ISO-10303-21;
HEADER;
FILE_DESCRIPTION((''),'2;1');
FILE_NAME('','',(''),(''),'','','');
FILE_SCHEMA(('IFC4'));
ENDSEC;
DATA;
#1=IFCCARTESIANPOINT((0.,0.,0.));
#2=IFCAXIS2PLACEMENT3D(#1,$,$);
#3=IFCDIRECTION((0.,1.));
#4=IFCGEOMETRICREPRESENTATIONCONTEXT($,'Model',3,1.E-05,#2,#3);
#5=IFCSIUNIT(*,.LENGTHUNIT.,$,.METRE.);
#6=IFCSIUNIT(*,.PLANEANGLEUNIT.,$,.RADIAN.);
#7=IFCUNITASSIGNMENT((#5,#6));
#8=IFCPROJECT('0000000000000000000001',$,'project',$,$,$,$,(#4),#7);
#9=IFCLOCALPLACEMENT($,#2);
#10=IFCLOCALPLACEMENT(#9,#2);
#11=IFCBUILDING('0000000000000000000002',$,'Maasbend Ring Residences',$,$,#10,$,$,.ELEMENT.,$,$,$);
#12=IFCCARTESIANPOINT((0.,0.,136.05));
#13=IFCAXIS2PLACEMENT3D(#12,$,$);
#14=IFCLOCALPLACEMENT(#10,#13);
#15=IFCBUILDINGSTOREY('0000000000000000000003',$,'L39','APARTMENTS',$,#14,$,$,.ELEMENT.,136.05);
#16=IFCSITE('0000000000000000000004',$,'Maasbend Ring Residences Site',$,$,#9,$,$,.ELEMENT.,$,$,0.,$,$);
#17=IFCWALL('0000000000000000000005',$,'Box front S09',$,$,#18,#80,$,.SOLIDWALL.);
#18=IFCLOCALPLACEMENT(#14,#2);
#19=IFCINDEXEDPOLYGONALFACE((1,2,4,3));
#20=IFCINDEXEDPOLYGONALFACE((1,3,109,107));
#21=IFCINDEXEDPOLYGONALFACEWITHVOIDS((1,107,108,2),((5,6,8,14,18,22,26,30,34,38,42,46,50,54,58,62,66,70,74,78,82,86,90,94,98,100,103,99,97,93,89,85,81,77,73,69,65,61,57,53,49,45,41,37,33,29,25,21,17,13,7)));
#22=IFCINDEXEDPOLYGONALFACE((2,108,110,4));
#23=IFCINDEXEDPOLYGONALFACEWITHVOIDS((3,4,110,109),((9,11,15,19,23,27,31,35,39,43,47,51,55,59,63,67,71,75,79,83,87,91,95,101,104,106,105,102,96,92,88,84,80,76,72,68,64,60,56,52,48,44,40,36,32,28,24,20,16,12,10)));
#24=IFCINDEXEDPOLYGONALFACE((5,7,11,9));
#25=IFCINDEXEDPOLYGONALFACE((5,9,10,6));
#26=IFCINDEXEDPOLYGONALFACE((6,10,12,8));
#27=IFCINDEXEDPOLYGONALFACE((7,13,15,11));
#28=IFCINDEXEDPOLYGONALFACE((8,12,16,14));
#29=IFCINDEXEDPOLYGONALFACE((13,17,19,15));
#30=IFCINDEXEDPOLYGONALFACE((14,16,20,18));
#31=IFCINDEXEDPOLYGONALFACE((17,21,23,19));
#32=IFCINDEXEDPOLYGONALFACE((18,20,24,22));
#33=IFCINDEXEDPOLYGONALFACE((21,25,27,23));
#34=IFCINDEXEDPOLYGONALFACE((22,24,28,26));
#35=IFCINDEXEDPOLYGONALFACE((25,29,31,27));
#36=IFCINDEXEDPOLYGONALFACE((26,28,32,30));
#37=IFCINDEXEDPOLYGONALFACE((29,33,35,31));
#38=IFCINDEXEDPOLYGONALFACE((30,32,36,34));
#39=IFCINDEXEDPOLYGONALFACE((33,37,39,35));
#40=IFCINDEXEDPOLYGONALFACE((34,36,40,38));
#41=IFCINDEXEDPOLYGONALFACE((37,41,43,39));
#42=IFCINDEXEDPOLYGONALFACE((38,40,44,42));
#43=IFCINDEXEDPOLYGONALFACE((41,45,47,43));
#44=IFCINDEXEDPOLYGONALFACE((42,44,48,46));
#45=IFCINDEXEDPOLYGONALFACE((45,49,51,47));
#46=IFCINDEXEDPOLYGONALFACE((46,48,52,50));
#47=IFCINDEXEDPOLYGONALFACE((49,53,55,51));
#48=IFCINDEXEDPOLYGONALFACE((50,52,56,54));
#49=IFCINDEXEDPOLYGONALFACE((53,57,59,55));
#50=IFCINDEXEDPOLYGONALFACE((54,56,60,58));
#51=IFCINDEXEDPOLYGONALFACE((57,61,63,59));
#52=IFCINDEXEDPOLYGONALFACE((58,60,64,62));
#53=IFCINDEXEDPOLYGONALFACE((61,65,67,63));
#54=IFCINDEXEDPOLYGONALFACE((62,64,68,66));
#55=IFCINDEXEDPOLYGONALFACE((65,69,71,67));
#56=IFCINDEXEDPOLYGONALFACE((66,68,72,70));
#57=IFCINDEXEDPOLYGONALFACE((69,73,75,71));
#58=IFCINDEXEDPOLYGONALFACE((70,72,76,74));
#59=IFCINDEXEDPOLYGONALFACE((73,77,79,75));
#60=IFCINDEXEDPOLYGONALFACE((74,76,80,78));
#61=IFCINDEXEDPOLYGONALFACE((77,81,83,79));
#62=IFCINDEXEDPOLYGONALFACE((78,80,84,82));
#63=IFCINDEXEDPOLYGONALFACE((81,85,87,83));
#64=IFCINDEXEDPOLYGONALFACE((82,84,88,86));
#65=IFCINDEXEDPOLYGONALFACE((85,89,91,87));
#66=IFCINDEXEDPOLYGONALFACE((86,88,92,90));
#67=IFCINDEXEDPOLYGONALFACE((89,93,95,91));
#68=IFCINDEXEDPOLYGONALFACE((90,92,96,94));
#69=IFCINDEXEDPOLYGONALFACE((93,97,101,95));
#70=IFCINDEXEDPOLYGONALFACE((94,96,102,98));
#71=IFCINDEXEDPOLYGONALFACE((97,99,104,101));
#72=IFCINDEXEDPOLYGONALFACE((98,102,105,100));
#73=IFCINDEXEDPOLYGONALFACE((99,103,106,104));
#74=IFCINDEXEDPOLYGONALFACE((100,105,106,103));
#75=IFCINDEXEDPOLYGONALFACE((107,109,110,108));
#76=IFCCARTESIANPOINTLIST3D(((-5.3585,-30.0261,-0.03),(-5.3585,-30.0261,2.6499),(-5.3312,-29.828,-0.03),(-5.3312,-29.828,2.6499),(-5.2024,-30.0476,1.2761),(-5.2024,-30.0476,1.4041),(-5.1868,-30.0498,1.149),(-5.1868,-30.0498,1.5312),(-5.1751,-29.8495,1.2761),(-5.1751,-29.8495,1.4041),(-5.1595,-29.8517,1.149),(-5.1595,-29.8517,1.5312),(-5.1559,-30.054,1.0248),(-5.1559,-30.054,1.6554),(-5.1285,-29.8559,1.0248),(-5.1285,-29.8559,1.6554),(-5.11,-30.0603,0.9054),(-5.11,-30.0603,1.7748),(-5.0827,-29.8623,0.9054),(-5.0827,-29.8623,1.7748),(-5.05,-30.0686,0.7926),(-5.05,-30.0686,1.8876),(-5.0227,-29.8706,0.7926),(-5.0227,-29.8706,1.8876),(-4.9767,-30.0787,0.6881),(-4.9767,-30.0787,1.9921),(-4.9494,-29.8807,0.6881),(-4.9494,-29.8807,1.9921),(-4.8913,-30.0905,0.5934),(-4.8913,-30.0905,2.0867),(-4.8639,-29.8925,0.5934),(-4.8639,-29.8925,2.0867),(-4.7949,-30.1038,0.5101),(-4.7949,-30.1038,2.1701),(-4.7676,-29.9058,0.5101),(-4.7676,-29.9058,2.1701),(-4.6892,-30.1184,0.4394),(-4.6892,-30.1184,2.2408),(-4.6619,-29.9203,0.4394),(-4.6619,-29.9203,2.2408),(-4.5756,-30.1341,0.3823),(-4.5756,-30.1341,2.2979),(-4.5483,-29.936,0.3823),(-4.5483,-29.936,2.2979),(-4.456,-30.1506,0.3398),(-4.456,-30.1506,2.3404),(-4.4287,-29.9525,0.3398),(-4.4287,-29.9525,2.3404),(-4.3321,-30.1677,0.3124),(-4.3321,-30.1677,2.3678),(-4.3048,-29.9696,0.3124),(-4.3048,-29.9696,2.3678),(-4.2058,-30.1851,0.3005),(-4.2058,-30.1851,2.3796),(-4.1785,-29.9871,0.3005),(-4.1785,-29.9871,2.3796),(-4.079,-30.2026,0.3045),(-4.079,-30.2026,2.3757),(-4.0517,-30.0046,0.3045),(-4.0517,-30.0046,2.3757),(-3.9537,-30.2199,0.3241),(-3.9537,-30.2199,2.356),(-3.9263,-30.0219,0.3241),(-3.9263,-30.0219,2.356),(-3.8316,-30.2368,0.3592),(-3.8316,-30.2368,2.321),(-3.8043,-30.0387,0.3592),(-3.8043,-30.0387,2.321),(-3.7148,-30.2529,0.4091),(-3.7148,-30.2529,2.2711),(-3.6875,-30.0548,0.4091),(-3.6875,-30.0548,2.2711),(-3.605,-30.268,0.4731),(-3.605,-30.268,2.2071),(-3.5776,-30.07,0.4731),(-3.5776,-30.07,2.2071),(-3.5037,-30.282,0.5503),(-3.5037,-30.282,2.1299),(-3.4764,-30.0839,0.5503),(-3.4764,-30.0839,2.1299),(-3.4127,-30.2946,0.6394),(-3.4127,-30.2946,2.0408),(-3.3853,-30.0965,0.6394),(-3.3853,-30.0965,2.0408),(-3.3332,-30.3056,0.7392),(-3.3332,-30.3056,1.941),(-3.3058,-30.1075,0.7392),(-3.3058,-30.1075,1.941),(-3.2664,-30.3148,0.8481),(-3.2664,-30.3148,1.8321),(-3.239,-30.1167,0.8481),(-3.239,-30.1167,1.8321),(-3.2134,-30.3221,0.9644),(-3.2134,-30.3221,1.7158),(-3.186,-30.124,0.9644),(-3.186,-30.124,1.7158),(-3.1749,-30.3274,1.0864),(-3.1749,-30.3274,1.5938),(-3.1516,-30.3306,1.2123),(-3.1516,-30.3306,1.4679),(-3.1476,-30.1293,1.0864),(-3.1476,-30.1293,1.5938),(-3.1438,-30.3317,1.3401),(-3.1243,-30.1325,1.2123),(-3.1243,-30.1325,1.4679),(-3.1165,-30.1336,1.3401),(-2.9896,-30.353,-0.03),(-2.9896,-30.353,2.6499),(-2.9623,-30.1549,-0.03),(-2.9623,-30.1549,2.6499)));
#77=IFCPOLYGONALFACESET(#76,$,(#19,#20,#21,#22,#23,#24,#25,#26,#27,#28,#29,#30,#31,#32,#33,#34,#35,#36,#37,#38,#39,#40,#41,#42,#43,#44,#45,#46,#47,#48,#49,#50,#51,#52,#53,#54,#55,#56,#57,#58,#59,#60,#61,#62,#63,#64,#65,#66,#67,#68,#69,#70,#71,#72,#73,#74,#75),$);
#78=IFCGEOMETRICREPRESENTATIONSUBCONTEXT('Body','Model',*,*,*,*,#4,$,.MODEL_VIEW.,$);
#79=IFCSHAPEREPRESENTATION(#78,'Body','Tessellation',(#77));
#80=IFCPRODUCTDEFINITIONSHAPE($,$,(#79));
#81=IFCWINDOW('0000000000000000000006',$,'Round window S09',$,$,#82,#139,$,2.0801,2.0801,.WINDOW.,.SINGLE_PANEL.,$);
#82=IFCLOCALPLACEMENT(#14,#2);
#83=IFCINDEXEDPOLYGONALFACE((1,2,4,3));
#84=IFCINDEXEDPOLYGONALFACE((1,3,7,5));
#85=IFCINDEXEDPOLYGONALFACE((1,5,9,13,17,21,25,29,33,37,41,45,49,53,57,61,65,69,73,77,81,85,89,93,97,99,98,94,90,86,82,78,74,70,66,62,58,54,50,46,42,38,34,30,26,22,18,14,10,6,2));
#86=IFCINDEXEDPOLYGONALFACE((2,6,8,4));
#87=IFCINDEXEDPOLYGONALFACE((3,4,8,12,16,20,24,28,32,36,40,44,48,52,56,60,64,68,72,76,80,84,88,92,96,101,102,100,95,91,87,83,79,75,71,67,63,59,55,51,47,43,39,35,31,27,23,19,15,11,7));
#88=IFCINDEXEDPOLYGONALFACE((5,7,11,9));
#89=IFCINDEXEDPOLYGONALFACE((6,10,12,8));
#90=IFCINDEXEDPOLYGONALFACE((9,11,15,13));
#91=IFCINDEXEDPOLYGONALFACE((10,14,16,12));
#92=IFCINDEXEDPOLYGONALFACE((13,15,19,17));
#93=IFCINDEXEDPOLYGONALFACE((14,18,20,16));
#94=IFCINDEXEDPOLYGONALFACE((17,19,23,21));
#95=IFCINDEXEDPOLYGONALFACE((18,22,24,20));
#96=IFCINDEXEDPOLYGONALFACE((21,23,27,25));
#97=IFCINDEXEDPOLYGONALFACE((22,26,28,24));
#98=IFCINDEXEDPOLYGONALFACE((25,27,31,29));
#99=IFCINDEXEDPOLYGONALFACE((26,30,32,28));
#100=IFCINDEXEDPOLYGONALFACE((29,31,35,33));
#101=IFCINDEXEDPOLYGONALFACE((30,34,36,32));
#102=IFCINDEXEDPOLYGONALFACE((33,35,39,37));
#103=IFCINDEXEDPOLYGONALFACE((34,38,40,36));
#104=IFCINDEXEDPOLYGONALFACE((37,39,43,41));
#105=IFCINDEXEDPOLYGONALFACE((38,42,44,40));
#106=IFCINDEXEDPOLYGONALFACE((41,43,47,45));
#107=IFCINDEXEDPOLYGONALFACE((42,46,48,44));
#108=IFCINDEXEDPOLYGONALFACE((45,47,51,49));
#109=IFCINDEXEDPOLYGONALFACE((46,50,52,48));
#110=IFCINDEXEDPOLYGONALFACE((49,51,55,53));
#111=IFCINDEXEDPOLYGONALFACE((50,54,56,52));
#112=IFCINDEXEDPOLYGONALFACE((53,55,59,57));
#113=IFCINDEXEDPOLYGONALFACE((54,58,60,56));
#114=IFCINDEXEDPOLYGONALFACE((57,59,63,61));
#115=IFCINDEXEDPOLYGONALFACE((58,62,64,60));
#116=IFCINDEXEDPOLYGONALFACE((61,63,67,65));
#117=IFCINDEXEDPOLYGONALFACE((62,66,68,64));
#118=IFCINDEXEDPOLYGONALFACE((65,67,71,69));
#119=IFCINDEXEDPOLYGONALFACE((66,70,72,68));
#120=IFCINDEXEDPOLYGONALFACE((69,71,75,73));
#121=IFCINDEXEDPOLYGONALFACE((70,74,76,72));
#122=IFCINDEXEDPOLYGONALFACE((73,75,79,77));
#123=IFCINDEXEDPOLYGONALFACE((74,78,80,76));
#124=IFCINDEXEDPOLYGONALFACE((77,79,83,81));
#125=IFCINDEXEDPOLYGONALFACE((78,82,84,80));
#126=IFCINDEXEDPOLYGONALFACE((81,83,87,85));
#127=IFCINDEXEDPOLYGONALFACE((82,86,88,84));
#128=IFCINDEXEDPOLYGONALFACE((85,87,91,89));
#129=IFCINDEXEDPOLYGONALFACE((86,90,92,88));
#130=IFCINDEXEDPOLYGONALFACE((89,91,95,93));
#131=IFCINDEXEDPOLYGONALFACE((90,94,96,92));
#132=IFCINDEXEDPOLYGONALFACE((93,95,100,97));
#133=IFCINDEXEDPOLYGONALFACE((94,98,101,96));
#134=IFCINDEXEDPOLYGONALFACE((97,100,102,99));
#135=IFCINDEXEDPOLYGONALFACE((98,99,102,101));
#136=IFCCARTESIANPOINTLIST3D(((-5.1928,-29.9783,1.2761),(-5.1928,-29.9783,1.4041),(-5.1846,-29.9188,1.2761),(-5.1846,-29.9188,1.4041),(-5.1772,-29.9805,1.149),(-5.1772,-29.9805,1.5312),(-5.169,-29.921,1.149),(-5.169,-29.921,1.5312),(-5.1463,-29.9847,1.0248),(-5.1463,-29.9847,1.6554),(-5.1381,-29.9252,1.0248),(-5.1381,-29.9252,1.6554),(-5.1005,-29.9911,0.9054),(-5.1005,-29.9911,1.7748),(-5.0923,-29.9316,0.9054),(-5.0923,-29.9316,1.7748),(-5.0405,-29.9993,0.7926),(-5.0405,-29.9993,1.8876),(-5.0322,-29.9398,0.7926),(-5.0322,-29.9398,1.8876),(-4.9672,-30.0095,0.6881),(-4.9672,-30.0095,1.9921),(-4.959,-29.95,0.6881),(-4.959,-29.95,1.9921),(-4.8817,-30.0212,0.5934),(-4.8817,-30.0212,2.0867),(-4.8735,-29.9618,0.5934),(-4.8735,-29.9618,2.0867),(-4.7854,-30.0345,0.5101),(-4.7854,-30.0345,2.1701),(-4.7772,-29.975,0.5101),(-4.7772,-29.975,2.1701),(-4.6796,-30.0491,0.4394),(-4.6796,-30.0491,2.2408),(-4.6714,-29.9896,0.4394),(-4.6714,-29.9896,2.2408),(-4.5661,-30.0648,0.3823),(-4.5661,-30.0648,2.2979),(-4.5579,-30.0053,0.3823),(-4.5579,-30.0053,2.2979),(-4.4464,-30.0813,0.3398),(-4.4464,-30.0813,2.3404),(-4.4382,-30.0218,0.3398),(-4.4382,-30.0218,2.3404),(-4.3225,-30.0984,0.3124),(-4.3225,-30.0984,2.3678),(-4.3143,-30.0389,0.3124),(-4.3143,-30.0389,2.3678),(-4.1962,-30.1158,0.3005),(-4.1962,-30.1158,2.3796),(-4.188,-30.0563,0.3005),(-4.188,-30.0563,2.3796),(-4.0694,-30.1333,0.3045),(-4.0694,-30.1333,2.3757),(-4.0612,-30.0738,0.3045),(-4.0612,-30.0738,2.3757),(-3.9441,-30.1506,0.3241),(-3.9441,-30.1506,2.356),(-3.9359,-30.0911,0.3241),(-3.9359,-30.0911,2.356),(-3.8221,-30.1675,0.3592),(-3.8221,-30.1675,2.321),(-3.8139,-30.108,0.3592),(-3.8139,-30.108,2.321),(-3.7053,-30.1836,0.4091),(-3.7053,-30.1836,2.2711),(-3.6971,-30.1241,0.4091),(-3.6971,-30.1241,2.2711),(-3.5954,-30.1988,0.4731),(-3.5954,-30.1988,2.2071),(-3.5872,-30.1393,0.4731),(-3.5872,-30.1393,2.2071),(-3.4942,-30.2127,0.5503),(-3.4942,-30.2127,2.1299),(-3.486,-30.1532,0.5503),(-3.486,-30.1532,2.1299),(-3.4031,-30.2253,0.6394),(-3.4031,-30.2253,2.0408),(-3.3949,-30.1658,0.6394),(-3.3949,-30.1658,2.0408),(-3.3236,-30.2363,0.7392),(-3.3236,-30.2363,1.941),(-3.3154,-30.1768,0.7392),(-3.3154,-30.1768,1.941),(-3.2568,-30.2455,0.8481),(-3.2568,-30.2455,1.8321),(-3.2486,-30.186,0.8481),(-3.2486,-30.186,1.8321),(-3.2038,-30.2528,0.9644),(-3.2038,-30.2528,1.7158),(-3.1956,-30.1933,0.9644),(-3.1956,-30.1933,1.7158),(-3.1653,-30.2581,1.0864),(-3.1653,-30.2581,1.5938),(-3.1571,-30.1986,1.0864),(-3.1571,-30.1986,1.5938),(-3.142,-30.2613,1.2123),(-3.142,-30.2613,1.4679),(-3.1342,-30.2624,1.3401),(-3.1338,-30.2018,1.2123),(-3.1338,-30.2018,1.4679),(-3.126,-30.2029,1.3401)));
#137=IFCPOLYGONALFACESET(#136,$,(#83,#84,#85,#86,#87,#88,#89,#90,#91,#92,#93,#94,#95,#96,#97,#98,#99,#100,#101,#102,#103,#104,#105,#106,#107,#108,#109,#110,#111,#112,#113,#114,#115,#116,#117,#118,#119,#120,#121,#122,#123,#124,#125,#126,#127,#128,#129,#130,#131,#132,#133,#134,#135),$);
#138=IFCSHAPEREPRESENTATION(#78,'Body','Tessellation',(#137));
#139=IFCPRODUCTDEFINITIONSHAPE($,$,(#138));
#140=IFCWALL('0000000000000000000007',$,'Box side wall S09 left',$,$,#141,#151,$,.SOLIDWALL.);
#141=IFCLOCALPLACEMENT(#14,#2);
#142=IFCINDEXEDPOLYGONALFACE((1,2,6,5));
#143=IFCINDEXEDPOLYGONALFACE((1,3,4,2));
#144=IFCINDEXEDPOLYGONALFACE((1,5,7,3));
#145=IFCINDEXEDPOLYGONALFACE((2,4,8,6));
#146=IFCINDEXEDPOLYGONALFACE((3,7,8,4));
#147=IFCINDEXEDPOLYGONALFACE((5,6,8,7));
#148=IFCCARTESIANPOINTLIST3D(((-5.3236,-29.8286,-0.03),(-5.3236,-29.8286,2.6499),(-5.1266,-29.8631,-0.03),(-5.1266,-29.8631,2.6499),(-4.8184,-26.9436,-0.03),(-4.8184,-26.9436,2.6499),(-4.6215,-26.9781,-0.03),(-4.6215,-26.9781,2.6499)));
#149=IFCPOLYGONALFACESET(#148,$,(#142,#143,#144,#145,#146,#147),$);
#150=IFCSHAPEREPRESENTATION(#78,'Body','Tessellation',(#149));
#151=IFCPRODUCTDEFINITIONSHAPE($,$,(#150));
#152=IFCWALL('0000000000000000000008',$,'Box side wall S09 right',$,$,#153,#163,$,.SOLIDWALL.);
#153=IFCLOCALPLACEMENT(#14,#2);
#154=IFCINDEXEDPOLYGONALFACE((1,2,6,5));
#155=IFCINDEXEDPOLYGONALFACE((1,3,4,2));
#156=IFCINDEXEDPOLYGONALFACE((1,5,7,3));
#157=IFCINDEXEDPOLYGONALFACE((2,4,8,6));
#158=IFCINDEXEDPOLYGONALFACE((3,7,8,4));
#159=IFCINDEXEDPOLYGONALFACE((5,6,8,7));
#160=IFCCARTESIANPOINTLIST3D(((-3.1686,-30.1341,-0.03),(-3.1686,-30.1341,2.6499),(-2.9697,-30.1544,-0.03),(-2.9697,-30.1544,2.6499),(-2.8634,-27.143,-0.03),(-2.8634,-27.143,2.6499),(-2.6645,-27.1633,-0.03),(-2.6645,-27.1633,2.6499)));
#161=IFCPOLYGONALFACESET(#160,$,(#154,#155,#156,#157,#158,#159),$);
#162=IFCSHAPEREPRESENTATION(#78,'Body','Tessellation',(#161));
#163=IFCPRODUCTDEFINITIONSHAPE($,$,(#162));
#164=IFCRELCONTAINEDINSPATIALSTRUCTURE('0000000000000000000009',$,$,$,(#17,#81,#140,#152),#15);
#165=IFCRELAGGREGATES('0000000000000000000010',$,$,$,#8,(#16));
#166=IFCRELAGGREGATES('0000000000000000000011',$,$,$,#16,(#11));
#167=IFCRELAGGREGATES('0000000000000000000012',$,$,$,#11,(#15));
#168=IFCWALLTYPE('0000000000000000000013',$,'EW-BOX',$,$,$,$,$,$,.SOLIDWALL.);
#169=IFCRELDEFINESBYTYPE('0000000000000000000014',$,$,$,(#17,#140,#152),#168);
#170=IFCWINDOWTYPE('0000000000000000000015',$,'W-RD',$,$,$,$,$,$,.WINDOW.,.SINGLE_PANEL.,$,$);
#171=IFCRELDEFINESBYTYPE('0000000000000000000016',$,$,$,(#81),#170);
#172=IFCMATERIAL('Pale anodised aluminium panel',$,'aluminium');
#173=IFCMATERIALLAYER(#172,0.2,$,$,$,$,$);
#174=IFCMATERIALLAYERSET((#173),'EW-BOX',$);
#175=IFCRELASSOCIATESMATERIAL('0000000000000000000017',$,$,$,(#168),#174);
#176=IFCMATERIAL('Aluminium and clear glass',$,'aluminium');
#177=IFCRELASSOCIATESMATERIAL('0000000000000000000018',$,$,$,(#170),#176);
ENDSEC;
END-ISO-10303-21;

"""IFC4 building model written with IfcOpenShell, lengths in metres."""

from ifc_helpers import new_model, si_unit, direction, frame, frame_2d, origin, place, context, subcontext, project, spatial, rectangle, circle, extrude, material, layer, layer_set, type_object, element, fill, save


model = new_model("IFC4")

# Units and contexts
model_context = context("Model", 3, precision=1e-05, world=origin(), true_north=direction((0.0, 1.0)))
body_context = subcontext(model_context, "Body", "Model", "MODEL_VIEW")
ifc_project = project(units=[si_unit("LENGTHUNIT", "METRE"), si_unit("PLANEANGLEUNIT", "RADIAN")], contexts=[model_context])

# Site, building, storey
site_placement = place(None, origin())
site = spatial("IfcSite", under=ifc_project, at=site_placement, Name="Maasbend Ring Residences Site", CompositionType="ELEMENT", RefElevation=0.0)
building_placement = place(site_placement, origin())
building = spatial("IfcBuilding", under=site, at=building_placement, Name="Maasbend Ring Residences", CompositionType="ELEMENT")
storey_placement = place(building_placement, frame((0.0, 0.0, 136.05)))
storey = spatial("IfcBuildingStorey", under=building, at=storey_placement, Name="L39", Description="APARTMENTS", CompositionType="ELEMENT", Elevation=136.05)

# Shared definitions
ifc_material_1 = material(Name="Pale anodised aluminium panel", Category="aluminium")
ifc_layer_1 = layer(ifc_material_1, 0.2)
ifc_layer_set_1 = layer_set([ifc_layer_1], Name="EW-BOX")
wall_type_1 = type_object("IfcWallType", Name="EW-BOX", PredefinedType="SOLIDWALL", material=ifc_layer_set_1)

# Wall, opening, window
wall_1_placement = place(storey_placement, frame((-5.345, -29.927, -0.03), z_axis=(0.0, 0.0, 1.0), x_axis=(0.990612, -0.136703, 0.0)))
wall_1 = element("IfcWall", 1, at=wall_1_placement, inside=storey, type_object=wall_type_1, Name="Box front S09", PredefinedType="SOLIDWALL", context=body_context, shape_type="SweptSolid", body=[
    extrude(rectangle(XDim=2.3914, YDim=0.2, at=frame_2d((1.1958, 0.0))), origin(), (0.0, 0.0, 1.0), 2.6799),
])
opening_1_placement = place(wall_1_placement, frame((0.1558, 0.0, 0.3301)))
opening_1 = element("IfcOpeningElement", 2, at=opening_1_placement, cuts=wall_1, PredefinedType="OPENING", context=body_context, shape_type="SweptSolid", body=[
    extrude(circle(Radius=1.04, at=frame_2d((1.04, 1.04))), frame((0.0, 0.1099, 0.0), z_axis=(0.0, -1.0, 0.0), x_axis=(1.0, 0.0, 0.0)), (0.0, 0.0, 1.0), 0.22),
])
ifc_material_2 = material(Name="Aluminium and clear glass", Category="aluminium")
window_type_1 = type_object("IfcWindowType", Name="W-RD", PartitioningType="SINGLE_PANEL", PredefinedType="WINDOW", material=ifc_material_2)
window_1_placement = place(opening_1_placement, origin())
window_1 = element("IfcWindow", 3, at=window_1_placement, inside=storey, type_object=window_type_1, Name="Round window S09", OverallHeight=2.0801, OverallWidth=2.0801, PartitioningType="SINGLE_PANEL", PredefinedType="WINDOW", context=body_context, shape_type="SweptSolid", body=[
    extrude(circle(Radius=1.04, at=frame_2d((1.04, 1.04))), frame((0.0, 0.03, 0.0), z_axis=(0.0, -1.0, 0.0), x_axis=(1.0, 0.0, 0.0)), (0.0, 0.0, 1.0), 0.0601),
])
fill(opening_1, window_1)

# Walls
wall_2_placement = place(storey_placement, frame((-4.72, -26.9609, -0.03), z_axis=(0.0, 0.0, 1.0), x_axis=(-0.172463, -0.985016, 0.0)))
element("IfcWall", 4, at=wall_2_placement, inside=storey, type_object=wall_type_1, Name="Box side wall S09 left", PredefinedType="SOLIDWALL", context=body_context, shape_type="SweptSolid", body=[
    extrude(rectangle(XDim=2.929, YDim=0.2, at=frame_2d((1.4644, 0.0))), origin(), (0.0, 0.0, 1.0), 2.6799),
])
wall_3_placement = place(storey_placement, frame((-2.7639, -27.1531, -0.03), z_axis=(0.0, 0.0, 1.0), x_axis=(-0.101505, -0.994835, 0.0)))
element("IfcWall", 5, at=wall_3_placement, inside=storey, type_object=wall_type_1, Name="Box side wall S09 right", PredefinedType="SOLIDWALL", context=body_context, shape_type="SweptSolid", body=[
    extrude(rectangle(XDim=3.0066, YDim=0.2, at=frame_2d((1.5034, 0.0))), origin(), (0.0, 0.0, 1.0), 2.6799),
])

save(model, "model.ifc")
